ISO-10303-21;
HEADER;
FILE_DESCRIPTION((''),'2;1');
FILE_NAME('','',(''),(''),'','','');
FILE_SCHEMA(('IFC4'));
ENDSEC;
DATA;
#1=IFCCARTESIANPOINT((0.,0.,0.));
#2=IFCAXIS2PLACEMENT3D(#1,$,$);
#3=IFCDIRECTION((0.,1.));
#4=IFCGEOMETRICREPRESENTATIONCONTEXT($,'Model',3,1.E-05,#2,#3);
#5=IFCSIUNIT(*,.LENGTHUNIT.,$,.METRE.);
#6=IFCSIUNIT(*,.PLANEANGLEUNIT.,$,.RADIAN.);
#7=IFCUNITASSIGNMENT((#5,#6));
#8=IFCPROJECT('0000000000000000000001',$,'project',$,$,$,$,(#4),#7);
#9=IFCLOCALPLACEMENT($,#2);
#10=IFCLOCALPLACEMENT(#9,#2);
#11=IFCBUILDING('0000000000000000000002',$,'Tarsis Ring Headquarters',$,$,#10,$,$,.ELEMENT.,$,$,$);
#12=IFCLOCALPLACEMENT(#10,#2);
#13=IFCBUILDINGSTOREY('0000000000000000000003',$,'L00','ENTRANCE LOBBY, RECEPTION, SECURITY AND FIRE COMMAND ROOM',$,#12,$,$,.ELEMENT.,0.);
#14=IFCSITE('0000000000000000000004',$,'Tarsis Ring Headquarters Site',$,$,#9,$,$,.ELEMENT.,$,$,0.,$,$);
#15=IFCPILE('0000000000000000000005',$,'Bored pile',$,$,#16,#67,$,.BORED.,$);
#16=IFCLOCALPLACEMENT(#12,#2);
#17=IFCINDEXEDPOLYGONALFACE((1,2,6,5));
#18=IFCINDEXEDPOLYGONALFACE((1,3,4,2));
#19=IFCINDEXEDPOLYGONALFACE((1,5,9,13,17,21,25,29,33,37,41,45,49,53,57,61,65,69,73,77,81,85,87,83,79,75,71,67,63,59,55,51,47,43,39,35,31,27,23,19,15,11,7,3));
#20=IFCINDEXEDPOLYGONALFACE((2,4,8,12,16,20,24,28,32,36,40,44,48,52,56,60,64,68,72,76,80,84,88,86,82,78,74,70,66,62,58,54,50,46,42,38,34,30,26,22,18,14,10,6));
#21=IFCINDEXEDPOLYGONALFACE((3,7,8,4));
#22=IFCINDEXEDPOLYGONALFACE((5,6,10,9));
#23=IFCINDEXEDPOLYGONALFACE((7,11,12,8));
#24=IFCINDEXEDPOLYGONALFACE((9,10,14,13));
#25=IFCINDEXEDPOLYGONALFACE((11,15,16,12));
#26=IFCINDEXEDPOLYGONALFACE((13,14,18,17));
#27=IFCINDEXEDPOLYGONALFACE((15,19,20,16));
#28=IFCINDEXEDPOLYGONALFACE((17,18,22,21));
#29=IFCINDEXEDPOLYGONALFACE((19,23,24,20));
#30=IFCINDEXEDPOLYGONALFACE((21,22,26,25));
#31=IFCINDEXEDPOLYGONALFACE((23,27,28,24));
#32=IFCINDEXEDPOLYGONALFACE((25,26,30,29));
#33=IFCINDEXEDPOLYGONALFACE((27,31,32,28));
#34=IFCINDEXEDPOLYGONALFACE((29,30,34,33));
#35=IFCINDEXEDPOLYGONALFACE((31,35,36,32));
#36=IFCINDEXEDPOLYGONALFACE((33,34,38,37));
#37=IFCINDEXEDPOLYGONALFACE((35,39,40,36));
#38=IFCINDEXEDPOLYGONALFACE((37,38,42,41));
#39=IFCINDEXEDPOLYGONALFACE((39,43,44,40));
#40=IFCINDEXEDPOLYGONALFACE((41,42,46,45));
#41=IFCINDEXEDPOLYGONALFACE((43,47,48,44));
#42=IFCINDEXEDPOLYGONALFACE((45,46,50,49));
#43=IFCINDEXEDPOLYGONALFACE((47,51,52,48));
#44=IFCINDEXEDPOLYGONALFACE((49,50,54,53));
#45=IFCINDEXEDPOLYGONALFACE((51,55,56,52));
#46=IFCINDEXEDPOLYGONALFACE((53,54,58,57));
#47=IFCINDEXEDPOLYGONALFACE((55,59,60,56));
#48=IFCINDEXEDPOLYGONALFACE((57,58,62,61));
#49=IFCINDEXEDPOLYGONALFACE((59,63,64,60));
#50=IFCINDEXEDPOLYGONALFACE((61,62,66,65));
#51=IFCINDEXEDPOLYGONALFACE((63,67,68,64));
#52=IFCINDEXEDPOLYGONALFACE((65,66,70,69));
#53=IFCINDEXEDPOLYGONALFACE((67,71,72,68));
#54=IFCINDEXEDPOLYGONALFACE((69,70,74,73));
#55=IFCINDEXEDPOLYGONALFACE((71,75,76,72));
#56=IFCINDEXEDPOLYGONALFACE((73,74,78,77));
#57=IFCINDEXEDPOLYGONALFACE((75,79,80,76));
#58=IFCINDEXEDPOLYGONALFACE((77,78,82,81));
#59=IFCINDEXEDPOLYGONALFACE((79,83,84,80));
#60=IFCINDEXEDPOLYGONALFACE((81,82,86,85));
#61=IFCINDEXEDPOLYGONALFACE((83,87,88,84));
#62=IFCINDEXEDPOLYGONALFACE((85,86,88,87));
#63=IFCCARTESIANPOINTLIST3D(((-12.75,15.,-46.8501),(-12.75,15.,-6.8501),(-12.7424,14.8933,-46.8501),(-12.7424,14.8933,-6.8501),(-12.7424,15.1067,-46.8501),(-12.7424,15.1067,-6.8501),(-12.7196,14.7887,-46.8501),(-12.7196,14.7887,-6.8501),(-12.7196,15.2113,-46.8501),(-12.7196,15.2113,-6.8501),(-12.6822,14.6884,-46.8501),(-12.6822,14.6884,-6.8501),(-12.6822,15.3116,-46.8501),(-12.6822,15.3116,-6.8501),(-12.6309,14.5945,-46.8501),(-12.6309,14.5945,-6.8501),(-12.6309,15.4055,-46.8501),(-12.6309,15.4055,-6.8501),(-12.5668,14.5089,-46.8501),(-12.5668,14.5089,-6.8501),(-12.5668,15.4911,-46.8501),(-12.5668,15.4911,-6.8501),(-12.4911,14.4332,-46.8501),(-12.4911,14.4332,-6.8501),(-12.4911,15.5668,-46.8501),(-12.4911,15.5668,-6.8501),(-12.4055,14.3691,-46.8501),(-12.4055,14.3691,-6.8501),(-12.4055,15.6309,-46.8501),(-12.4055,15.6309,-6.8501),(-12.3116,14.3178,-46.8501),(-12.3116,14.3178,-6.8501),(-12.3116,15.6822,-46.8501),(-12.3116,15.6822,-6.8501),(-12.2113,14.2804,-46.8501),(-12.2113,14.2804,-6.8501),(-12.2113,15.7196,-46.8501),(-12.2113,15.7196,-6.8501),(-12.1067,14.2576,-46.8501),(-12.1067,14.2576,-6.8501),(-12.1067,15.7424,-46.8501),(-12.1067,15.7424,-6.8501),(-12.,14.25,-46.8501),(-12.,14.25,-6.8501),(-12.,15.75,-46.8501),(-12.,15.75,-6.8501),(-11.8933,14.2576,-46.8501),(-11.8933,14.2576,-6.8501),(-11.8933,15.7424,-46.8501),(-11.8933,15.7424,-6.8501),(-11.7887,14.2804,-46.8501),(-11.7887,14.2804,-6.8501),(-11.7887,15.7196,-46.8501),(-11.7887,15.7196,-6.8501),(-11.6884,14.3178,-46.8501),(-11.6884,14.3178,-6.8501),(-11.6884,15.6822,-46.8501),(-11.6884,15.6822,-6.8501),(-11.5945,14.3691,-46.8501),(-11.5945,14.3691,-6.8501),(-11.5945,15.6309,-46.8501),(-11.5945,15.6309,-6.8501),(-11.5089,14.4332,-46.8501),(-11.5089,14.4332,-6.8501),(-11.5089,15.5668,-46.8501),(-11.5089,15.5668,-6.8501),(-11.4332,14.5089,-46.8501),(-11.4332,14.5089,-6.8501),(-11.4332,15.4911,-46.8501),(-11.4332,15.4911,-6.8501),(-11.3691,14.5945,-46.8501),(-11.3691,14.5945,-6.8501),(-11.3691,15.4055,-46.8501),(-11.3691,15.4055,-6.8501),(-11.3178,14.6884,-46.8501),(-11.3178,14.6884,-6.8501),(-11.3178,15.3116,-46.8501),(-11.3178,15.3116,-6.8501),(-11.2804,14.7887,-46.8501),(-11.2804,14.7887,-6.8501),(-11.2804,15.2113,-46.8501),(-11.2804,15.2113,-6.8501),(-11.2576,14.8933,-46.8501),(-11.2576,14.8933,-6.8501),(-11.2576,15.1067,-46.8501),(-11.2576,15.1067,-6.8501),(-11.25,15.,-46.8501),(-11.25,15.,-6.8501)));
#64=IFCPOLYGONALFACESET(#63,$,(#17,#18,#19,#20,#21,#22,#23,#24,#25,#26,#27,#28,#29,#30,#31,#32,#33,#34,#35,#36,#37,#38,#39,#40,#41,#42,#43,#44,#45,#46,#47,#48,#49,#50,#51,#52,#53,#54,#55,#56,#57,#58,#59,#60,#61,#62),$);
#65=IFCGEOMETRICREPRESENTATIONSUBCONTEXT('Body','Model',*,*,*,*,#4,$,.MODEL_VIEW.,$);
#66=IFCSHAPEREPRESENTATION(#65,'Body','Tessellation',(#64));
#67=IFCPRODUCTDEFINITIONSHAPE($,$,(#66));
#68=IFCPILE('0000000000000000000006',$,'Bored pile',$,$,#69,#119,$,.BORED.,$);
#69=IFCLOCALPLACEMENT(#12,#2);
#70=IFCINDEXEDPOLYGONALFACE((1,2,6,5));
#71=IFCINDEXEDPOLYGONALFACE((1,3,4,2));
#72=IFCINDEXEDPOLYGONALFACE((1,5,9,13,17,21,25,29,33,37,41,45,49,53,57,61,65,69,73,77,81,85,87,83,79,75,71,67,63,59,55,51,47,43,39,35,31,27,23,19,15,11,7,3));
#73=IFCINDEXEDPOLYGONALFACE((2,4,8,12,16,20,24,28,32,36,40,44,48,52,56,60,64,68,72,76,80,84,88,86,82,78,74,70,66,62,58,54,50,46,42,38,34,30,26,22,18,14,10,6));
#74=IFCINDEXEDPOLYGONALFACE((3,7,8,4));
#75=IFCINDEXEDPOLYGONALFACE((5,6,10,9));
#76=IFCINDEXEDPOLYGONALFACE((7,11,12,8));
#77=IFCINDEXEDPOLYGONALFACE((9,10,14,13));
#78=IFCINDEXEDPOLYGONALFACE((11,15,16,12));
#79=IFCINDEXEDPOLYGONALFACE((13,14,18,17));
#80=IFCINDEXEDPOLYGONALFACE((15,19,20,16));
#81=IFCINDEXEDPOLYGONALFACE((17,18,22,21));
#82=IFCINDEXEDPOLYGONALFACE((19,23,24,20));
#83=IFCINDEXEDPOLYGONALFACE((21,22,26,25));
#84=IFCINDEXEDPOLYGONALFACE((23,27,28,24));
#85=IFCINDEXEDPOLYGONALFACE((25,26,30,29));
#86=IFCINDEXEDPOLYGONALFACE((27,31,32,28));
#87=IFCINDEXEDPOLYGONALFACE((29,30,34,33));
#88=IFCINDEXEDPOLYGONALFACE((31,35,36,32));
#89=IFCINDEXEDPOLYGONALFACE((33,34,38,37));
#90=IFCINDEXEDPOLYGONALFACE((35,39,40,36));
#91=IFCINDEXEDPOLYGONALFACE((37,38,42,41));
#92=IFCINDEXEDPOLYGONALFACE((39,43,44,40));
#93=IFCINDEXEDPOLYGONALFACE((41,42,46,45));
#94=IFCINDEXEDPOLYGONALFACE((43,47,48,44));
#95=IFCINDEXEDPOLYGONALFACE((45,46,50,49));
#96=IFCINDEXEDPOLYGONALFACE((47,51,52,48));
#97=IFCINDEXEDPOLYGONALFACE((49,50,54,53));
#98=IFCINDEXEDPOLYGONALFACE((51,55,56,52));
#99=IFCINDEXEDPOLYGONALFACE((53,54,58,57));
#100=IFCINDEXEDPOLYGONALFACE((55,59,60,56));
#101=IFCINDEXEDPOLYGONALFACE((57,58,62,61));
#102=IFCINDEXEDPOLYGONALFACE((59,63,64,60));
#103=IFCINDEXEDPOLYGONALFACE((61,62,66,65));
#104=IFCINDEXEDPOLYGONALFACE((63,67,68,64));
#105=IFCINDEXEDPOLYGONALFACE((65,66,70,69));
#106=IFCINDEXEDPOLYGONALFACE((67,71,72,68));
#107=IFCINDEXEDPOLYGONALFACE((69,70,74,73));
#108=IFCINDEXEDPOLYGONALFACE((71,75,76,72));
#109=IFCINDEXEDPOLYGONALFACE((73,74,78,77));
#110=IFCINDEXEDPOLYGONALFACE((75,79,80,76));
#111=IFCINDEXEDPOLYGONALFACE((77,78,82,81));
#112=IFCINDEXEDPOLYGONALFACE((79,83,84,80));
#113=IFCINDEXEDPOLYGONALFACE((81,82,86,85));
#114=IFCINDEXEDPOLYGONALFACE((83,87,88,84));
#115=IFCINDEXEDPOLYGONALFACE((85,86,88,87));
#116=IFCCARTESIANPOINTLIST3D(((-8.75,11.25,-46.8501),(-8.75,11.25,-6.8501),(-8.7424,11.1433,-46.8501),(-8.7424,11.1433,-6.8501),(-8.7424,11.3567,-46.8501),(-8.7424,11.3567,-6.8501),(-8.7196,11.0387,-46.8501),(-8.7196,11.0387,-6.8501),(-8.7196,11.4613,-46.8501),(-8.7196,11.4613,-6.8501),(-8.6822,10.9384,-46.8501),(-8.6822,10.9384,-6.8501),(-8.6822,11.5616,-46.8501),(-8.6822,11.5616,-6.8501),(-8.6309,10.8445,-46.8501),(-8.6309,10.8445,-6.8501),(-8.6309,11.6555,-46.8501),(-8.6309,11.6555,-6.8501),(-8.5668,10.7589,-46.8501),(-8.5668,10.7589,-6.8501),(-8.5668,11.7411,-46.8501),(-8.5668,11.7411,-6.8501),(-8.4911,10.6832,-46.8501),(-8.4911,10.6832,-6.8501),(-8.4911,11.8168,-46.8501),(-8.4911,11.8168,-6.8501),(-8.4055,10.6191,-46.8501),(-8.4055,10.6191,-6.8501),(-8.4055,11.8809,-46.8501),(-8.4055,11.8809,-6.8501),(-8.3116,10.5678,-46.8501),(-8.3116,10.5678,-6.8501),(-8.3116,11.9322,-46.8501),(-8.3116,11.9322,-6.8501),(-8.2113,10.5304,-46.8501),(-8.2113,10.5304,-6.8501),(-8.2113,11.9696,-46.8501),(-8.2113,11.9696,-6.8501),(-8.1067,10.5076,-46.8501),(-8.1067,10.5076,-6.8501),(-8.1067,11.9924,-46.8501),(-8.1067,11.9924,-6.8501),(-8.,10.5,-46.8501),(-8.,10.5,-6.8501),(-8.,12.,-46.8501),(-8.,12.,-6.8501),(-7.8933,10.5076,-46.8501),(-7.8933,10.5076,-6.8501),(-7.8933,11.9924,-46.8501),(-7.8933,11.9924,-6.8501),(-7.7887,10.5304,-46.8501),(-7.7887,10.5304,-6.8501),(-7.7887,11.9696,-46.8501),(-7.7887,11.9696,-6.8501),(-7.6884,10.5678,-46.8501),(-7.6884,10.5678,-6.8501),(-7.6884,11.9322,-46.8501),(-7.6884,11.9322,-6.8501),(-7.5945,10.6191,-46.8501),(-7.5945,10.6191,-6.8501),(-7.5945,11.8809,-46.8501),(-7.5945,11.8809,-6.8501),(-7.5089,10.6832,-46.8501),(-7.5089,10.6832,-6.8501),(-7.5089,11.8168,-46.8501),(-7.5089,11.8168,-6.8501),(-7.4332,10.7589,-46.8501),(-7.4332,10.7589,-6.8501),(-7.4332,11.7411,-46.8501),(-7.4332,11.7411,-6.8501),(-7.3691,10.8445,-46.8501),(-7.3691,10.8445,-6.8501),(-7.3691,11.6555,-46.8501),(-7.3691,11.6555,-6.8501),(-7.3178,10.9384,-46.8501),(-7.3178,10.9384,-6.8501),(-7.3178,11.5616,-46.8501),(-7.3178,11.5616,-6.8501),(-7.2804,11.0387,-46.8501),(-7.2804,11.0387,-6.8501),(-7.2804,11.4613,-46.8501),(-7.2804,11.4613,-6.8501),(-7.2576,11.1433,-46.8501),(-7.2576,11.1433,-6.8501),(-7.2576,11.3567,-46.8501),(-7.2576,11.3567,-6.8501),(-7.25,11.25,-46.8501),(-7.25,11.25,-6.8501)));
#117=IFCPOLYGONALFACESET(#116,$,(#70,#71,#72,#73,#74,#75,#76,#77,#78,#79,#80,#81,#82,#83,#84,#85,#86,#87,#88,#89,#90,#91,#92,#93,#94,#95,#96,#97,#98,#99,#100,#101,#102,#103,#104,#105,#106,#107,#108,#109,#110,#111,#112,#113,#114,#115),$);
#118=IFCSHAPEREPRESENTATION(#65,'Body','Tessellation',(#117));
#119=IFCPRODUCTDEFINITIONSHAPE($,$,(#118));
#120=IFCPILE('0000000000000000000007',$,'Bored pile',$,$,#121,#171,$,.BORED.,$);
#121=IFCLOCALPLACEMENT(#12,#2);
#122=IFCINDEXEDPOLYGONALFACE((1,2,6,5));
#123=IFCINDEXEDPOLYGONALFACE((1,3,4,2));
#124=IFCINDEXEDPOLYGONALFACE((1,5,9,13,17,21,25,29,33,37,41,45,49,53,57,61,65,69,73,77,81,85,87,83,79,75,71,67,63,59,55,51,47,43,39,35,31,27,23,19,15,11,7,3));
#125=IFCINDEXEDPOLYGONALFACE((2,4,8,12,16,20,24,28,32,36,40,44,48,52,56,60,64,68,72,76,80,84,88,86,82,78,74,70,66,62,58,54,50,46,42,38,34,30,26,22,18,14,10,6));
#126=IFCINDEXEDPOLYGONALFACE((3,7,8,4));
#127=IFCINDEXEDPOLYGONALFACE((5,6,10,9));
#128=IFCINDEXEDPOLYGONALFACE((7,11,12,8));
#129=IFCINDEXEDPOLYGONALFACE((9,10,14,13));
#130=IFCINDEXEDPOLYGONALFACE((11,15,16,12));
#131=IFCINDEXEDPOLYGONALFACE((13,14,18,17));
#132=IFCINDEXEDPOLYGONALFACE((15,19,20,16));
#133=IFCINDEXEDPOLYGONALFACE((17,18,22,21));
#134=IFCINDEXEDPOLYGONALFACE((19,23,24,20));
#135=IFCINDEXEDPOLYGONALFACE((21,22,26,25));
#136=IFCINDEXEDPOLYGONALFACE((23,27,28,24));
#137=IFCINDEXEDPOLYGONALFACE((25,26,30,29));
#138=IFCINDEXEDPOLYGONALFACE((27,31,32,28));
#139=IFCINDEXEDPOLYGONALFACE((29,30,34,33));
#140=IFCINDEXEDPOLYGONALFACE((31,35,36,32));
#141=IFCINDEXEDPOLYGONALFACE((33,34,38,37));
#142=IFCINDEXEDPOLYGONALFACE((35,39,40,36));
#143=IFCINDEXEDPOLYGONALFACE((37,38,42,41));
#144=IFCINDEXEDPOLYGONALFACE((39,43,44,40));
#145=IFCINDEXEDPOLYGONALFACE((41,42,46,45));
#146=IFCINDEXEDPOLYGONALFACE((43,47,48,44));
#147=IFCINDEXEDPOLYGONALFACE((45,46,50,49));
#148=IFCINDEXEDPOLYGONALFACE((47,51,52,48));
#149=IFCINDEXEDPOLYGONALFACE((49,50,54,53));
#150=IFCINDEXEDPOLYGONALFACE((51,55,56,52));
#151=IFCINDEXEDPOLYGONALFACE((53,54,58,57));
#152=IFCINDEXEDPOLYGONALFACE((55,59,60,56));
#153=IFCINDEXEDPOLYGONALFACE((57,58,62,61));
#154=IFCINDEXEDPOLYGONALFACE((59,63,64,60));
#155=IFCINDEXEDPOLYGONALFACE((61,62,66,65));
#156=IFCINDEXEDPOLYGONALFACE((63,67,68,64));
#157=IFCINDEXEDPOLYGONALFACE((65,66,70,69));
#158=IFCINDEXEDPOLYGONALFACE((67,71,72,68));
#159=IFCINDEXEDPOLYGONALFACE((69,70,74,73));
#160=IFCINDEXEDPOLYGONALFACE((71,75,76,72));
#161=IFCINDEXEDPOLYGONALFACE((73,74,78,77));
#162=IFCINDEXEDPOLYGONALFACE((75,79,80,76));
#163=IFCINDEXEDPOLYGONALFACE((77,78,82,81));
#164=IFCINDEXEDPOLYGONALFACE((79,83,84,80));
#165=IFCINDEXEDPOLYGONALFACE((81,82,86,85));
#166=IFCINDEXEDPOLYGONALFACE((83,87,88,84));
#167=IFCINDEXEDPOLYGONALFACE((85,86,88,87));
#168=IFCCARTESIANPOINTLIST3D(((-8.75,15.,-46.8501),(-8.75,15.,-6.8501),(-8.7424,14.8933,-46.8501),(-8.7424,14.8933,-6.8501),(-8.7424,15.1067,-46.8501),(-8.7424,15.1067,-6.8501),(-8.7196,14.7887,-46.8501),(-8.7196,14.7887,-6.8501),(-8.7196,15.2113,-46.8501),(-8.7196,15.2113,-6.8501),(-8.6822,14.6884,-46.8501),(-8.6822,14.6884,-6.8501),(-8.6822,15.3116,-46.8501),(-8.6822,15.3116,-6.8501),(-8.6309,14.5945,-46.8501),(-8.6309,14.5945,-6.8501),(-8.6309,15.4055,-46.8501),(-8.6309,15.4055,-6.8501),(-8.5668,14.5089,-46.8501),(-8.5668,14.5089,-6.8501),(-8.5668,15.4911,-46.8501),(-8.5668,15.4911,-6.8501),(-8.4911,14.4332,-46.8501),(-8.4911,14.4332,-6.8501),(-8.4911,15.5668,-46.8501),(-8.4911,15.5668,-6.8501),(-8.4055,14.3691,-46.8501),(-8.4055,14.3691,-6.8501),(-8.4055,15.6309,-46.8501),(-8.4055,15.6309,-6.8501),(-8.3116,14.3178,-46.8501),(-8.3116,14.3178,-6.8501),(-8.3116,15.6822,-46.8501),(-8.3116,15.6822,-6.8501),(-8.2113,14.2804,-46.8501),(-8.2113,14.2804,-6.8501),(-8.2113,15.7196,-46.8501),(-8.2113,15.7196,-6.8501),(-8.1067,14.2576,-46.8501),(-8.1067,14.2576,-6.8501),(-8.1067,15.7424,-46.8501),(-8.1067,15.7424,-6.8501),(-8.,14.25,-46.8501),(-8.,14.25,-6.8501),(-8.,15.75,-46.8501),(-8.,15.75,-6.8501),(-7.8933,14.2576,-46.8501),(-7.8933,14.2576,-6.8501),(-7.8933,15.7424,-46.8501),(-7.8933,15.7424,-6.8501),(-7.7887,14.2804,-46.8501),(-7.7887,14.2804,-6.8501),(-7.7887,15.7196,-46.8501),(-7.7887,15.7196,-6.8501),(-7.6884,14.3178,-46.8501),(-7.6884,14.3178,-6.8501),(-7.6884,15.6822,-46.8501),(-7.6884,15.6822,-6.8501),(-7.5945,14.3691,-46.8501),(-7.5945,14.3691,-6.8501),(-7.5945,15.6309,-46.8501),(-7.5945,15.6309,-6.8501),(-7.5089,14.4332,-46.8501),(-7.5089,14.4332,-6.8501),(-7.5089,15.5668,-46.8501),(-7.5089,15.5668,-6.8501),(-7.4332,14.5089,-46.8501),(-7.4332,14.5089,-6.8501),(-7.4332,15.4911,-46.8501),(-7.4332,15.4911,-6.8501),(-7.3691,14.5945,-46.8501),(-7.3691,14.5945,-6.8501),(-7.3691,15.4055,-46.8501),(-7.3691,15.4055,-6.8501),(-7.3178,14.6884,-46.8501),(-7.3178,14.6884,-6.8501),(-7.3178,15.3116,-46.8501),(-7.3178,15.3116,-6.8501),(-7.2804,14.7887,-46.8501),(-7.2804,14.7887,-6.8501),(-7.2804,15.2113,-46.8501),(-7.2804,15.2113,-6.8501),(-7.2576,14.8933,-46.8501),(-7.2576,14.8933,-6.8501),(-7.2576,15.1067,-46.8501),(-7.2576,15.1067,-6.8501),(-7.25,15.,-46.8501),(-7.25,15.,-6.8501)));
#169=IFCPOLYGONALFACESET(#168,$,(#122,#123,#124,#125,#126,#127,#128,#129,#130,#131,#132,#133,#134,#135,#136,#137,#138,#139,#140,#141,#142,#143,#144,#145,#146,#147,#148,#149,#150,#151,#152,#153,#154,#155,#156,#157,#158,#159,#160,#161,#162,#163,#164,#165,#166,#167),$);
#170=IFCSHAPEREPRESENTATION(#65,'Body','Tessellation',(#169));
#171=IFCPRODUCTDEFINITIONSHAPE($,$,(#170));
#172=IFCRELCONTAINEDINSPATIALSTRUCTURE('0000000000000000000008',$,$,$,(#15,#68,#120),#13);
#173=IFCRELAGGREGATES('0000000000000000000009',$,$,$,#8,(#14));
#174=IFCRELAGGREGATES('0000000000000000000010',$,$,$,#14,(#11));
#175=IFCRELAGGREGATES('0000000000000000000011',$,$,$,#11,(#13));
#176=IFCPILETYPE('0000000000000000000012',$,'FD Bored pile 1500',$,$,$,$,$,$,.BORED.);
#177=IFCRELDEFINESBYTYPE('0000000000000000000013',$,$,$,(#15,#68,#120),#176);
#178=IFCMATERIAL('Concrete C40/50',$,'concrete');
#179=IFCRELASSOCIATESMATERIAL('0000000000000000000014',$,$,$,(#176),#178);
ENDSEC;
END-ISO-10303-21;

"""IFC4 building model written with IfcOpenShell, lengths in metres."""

from ifc_helpers import new_model, si_unit, direction, frame, origin, origin_2d, place, context, subcontext, project, spatial, circle, extrude, material, material_profile, profile_set, type_object, element, save


model = new_model("IFC4")

# Units and contexts
model_context = context("Model", 3, precision=1e-05, world=origin(), true_north=direction((0.0, 1.0)))
body_context = subcontext(model_context, "Body", "Model", "MODEL_VIEW")
ifc_project = project(units=[si_unit("LENGTHUNIT", "METRE"), si_unit("PLANEANGLEUNIT", "RADIAN")], contexts=[model_context])

# Site, building, storey
site_placement = place(None, origin())
site = spatial("IfcSite", under=ifc_project, at=site_placement, Name="Tarsis Ring Headquarters Site", CompositionType="ELEMENT", RefElevation=0.0)
building_placement = place(site_placement, origin())
building = spatial("IfcBuilding", under=site, at=building_placement, Name="Tarsis Ring Headquarters", CompositionType="ELEMENT")
storey_placement = place(building_placement, origin())
storey = spatial("IfcBuildingStorey", under=building, at=storey_placement, Name="L00", Description="ENTRANCE LOBBY, RECEPTION, SECURITY AND FIRE COMMAND ROOM", CompositionType="ELEMENT", Elevation=0.0)

# Piles
ifc_material_1 = material(Name="Concrete C40/50", Category="concrete")
ifc_material_profile_1 = material_profile(ifc_material_1, circle(Radius=0.75, at=origin_2d()), Name="BORED 1500")
ifc_profile_set_1 = profile_set([ifc_material_profile_1], Name="Concrete C40/50")
pile_type = type_object("IfcPileType", Name="FD Bored pile 1500", PredefinedType="BORED", material=ifc_profile_set_1)
for number, where, z_axis, x_axis, name in (
    (1, (-12.0, 15.0, -6.8501), (0.0, 0.0, -1.0), (1.0, 0.0, 0.0), "Bored pile"),
    (2, (-8.0, 11.25, -6.8501), (0.0, 0.0, -1.0), (1.0, 0.0, 0.0), "Bored pile"),
    (3, (-8.0, 15.0, -6.8501), (0.0, 0.0, -1.0), (1.0, 0.0, 0.0), "Bored pile"),
):
    element("IfcPile", number, at=place(storey_placement, frame(where, z_axis=z_axis, x_axis=x_axis)), inside=storey, type_object=pile_type, Name=name, PredefinedType="BORED", context=body_context, shape_type="SweptSolid", body=[
        extrude(circle(Radius=0.75, at=origin_2d()), origin(), (0.0, 0.0, 1.0), 40.0),
    ])

save(model, "model.ifc")
